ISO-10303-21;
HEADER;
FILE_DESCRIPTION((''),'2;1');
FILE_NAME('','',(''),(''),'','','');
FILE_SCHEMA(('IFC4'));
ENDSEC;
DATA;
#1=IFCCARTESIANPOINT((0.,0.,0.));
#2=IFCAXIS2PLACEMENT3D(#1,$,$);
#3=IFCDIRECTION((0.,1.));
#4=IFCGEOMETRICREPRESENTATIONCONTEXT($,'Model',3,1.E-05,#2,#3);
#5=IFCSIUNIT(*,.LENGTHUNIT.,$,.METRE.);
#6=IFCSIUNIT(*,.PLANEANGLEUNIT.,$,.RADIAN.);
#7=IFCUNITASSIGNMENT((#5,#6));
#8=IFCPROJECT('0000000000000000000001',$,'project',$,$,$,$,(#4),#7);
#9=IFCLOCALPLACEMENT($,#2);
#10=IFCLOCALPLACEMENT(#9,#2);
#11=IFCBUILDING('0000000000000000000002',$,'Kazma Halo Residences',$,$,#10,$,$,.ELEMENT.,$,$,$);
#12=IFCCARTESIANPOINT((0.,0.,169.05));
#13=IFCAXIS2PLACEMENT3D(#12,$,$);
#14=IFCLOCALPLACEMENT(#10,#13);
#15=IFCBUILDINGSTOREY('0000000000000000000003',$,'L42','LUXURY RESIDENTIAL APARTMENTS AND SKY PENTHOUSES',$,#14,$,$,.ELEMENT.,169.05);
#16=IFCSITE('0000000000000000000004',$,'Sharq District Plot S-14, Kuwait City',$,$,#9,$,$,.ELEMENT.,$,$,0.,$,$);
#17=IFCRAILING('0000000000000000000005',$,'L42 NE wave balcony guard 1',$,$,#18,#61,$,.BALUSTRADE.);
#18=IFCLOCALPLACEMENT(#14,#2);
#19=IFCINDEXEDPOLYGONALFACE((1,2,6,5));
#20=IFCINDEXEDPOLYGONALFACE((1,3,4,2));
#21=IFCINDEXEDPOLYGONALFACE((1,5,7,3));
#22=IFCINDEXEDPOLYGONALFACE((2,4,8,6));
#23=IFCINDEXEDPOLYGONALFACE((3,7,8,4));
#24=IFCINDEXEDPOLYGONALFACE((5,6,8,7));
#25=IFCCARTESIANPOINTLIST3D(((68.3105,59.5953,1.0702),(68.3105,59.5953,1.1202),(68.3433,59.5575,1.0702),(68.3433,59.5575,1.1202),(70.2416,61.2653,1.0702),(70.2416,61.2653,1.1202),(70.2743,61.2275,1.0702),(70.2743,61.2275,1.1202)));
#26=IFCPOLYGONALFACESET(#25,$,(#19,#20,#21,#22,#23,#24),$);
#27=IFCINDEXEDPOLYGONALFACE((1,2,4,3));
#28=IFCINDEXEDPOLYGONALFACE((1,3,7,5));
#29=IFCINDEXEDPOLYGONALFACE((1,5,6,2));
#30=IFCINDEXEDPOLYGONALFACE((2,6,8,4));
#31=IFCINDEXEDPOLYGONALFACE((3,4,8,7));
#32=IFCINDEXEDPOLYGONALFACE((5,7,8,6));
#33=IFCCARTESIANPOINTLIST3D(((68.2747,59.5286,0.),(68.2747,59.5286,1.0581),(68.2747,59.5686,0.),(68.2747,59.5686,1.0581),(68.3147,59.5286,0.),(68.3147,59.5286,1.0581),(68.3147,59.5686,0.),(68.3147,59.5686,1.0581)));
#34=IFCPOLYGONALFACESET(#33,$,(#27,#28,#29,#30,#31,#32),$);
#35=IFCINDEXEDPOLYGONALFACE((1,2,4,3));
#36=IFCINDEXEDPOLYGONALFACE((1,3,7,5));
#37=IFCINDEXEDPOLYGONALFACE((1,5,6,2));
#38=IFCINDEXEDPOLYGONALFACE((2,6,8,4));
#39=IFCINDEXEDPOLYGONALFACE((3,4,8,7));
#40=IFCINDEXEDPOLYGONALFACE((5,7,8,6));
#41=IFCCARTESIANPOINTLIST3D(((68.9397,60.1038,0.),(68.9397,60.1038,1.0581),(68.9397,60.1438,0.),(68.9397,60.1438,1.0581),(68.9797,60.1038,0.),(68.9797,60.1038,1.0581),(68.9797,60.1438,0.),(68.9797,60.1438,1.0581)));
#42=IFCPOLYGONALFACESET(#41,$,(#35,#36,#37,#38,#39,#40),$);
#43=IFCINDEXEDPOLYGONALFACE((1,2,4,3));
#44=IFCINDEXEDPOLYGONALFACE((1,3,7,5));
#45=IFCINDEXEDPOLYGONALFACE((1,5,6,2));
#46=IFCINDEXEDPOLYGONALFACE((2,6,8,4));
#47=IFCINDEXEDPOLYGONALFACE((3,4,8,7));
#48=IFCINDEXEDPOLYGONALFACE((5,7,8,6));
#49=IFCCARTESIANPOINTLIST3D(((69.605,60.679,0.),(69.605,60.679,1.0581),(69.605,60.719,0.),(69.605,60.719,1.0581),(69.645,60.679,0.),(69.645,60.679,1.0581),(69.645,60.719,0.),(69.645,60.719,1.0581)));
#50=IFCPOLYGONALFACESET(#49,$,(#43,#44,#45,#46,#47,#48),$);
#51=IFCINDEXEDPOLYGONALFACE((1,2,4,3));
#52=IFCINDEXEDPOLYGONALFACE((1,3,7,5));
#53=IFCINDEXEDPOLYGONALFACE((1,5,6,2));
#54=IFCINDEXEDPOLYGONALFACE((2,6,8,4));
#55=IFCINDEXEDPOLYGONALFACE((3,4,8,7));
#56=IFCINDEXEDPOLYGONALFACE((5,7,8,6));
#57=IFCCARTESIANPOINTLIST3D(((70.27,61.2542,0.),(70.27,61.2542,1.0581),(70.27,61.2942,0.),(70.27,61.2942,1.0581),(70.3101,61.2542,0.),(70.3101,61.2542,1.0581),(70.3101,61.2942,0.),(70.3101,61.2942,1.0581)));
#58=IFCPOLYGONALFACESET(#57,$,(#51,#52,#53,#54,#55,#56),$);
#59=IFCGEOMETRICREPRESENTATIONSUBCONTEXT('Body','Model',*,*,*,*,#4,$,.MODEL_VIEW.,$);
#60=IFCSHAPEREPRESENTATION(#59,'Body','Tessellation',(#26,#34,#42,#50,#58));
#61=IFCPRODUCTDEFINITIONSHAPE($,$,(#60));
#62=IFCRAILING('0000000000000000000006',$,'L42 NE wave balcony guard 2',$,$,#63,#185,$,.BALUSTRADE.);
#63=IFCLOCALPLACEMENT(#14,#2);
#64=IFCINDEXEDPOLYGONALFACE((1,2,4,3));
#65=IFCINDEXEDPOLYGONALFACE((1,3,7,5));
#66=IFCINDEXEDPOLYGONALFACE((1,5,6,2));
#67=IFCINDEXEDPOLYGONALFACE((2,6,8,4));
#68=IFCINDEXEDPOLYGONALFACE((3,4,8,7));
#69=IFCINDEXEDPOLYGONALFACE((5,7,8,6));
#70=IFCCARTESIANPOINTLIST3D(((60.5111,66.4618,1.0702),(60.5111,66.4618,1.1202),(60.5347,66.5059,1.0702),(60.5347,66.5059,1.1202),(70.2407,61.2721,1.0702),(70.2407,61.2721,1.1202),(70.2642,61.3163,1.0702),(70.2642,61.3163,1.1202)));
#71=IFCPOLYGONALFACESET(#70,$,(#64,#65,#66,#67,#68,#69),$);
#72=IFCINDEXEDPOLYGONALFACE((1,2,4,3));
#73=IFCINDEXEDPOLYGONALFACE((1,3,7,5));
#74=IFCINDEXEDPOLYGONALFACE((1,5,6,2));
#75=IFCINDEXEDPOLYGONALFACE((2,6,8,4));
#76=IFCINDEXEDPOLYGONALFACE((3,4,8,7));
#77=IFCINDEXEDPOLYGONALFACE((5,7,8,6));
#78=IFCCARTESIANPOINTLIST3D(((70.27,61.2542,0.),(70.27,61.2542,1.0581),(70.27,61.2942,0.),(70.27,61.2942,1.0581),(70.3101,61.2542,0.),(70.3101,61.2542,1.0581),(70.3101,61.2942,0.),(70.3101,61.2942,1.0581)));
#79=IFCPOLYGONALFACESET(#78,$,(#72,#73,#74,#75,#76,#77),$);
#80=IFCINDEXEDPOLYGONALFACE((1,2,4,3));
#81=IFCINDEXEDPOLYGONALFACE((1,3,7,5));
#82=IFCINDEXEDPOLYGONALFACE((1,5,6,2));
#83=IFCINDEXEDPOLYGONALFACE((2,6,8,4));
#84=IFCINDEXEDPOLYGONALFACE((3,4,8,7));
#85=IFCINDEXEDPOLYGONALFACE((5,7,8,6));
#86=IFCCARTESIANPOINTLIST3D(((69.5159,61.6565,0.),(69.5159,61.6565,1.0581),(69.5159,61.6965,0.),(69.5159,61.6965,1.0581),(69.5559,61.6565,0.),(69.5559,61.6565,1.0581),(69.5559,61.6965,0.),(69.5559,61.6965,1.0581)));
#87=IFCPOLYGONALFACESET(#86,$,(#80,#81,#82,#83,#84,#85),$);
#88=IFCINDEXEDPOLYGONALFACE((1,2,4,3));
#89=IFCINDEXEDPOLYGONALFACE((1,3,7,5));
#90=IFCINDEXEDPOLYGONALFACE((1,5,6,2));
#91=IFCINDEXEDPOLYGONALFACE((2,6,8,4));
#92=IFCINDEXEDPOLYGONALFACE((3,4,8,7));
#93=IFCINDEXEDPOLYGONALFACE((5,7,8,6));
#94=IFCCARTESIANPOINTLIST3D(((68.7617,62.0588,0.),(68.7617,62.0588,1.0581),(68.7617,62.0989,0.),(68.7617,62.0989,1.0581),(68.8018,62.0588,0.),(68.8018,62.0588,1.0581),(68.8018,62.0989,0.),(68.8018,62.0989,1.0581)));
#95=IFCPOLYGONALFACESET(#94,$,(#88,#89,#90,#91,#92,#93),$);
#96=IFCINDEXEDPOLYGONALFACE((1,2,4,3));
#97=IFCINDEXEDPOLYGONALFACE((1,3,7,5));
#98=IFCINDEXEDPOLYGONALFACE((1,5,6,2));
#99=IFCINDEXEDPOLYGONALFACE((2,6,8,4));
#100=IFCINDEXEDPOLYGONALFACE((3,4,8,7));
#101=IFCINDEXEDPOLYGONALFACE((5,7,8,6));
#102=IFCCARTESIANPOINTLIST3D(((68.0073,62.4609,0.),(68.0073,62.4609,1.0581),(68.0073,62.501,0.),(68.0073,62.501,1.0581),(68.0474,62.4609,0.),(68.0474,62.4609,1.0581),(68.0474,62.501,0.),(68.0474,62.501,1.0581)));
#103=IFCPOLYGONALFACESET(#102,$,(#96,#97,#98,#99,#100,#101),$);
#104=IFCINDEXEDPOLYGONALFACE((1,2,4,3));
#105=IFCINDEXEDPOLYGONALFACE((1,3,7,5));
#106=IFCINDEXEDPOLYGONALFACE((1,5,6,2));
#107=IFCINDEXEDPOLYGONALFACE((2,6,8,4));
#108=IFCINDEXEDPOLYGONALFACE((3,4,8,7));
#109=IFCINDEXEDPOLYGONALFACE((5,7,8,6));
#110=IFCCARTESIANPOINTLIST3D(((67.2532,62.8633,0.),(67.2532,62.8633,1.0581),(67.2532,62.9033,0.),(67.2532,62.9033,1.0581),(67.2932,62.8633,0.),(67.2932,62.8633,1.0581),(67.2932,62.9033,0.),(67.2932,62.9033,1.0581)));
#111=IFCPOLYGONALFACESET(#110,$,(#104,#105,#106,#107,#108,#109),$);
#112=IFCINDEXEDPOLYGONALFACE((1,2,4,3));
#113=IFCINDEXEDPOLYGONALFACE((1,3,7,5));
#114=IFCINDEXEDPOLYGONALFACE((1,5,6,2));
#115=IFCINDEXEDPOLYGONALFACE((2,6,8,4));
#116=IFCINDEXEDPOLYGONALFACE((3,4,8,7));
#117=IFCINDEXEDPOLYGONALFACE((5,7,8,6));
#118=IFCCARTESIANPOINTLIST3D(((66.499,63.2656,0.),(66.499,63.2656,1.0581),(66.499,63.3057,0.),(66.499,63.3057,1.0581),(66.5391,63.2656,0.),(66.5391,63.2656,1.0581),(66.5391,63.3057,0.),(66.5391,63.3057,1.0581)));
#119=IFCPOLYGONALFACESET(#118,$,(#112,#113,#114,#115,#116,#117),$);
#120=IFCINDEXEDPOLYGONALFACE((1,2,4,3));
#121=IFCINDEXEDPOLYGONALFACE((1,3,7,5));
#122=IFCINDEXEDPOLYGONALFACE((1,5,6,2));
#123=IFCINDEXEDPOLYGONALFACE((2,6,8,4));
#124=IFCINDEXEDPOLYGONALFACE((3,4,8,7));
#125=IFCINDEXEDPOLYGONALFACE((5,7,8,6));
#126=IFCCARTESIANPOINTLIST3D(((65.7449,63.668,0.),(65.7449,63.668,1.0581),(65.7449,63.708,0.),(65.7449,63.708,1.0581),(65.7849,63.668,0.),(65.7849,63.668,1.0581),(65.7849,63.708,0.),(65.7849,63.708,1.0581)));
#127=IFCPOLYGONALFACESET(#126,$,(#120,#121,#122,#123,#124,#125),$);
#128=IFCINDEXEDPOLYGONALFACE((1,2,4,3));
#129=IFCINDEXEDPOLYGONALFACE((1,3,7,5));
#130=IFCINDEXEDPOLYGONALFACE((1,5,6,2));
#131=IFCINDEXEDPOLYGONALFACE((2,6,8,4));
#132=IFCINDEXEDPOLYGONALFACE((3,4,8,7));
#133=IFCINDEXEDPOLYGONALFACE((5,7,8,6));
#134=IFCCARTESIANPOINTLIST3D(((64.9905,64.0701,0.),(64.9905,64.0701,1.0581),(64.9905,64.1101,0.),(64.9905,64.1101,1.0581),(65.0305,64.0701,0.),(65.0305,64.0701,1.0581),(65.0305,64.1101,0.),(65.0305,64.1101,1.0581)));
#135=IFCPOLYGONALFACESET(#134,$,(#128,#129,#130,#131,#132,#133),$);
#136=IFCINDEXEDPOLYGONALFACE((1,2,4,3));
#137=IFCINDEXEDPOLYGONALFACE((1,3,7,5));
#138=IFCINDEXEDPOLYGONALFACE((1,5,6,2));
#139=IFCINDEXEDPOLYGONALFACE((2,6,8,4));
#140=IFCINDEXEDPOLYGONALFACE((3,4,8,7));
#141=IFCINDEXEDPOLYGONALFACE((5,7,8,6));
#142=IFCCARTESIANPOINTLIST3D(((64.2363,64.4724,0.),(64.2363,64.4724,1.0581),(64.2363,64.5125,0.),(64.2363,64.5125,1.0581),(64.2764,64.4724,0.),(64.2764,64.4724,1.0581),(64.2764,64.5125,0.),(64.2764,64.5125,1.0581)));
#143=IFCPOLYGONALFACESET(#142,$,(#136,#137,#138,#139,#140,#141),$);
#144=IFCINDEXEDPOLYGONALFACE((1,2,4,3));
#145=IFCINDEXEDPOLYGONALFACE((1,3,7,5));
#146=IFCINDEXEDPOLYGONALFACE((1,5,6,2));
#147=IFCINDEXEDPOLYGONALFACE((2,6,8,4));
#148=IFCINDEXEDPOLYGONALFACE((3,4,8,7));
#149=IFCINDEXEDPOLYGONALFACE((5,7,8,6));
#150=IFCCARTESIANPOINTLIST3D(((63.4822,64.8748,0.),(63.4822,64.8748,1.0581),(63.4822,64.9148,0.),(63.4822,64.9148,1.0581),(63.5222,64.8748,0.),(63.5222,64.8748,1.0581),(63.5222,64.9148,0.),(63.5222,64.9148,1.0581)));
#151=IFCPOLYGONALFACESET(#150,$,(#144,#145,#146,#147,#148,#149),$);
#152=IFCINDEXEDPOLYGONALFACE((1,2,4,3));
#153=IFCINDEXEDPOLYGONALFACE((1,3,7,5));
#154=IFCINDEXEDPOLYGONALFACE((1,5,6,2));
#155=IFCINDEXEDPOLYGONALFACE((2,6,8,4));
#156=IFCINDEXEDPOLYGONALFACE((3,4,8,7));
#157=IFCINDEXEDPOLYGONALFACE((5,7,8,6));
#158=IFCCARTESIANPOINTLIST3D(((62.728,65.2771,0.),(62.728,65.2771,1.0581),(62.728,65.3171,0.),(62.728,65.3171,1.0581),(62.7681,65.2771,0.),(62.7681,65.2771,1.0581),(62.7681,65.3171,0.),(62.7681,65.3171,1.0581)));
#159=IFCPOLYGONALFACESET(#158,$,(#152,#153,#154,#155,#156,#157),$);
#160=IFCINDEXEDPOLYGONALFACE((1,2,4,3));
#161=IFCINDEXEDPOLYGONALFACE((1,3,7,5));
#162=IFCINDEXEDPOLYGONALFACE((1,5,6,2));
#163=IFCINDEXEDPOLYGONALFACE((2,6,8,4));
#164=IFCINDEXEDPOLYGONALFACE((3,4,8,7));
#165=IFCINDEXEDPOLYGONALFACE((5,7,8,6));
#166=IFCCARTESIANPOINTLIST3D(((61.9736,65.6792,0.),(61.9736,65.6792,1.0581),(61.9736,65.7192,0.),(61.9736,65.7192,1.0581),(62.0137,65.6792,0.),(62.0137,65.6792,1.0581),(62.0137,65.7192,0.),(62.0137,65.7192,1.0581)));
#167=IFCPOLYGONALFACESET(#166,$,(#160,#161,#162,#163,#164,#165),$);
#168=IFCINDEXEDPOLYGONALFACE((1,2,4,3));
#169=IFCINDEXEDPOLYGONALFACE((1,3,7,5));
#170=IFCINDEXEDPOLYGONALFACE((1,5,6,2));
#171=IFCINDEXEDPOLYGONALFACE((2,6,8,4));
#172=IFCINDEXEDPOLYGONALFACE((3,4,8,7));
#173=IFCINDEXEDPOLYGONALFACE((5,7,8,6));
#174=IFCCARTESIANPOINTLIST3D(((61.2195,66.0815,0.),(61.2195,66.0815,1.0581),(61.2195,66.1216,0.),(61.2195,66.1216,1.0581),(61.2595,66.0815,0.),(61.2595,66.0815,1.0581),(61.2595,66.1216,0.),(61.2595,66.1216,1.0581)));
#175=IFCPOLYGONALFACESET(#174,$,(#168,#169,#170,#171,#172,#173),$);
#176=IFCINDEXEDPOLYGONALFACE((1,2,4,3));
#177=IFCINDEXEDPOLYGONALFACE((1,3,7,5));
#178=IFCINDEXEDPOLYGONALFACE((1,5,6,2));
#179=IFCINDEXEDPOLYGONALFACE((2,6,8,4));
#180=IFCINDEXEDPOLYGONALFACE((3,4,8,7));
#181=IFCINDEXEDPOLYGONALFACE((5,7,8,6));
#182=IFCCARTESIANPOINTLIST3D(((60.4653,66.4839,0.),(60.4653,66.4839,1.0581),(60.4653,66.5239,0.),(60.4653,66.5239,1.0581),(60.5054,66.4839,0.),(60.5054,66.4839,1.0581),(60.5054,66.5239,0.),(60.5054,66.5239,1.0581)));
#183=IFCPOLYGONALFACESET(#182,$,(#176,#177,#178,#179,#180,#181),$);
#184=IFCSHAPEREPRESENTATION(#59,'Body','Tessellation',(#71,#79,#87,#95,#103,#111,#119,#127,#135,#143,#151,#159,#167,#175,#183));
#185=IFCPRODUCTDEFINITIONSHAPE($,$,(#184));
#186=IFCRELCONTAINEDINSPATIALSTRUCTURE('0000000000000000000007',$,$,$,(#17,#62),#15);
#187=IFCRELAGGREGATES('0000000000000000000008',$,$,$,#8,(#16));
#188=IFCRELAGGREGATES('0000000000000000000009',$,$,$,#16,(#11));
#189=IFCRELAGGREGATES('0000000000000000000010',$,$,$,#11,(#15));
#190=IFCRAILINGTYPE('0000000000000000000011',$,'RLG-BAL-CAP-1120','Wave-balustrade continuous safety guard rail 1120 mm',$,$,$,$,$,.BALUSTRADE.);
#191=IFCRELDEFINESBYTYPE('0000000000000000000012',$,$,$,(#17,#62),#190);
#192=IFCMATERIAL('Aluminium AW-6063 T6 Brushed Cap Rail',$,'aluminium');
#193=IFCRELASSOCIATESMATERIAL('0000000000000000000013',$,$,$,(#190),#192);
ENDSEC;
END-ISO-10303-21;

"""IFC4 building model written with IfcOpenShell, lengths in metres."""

from ifc_helpers import new_model, si_unit, direction, frame, origin, origin_2d, place, context, subcontext, project, spatial, rectangle, extrude, material, type_object, element, save


model = new_model("IFC4")

# Units and contexts
model_context = context("Model", 3, precision=1e-05, world=origin(), true_north=direction((0.0, 1.0)))
body_context = subcontext(model_context, "Body", "Model", "MODEL_VIEW")
ifc_project = project(units=[si_unit("LENGTHUNIT", "METRE"), si_unit("PLANEANGLEUNIT", "RADIAN")], contexts=[model_context])

# Site, building, storey
site_placement = place(None, origin())
site = spatial("IfcSite", under=ifc_project, at=site_placement, Name="Sharq District Plot S-14, Kuwait City", CompositionType="ELEMENT", RefElevation=0.0)
building_placement = place(site_placement, origin())
building = spatial("IfcBuilding", under=site, at=building_placement, Name="Kazma Halo Residences", CompositionType="ELEMENT")
storey_placement = place(building_placement, frame((0.0, 0.0, 169.05)))
storey = spatial("IfcBuildingStorey", under=building, at=storey_placement, Name="L42", Description="LUXURY RESIDENTIAL APARTMENTS AND SKY PENTHOUSES", CompositionType="ELEMENT", Elevation=169.05)

# Railings
ifc_material_1 = material(Name="Aluminium AW-6063 T6 Brushed Cap Rail", Category="aluminium")
railing_type = type_object("IfcRailingType", Name="RLG-BAL-CAP-1120", Description="Wave-balustrade continuous safety guard rail 1120 mm", PredefinedType="BALUSTRADE", material=ifc_material_1)
railing_1_placement = place(storey_placement, frame((68.2947, 59.5486, 0.0)))
element("IfcRailing", 1, at=railing_1_placement, inside=storey, type_object=railing_type, Name="L42 NE wave balcony guard 1", PredefinedType="BALUSTRADE", context=body_context, shape_type="SweptSolid", body=[
    extrude(rectangle(XDim=0.05, YDim=0.05, at=origin_2d()), frame((0.0322, 0.0278, 1.0952), z_axis=(0.756388, 0.654123, 0.0), x_axis=(-0.654123, 0.756388, 0.0)), (0.0, 0.0, 1.0), 2.553),
    extrude(rectangle(XDim=0.04, YDim=0.04, at=origin_2d()), origin(), (0.0, 0.0, 1.0), 1.0581),
    extrude(rectangle(XDim=0.04, YDim=0.04, at=origin_2d()), frame((0.665, 0.5752, 0.0)), (0.0, 0.0, 1.0), 1.0581),
    extrude(rectangle(XDim=0.04, YDim=0.04, at=origin_2d()), frame((1.3303, 1.1504, 0.0)), (0.0, 0.0, 1.0), 1.0581),
    extrude(rectangle(XDim=0.04, YDim=0.04, at=origin_2d()), frame((1.9954, 1.7256, 0.0)), (0.0, 0.0, 1.0), 1.0581),
])
railing_2_placement = place(storey_placement, frame((70.29, 61.2742, 0.0)))
element("IfcRailing", 2, at=railing_2_placement, inside=storey, type_object=railing_type, Name="L42 NE wave balcony guard 2", PredefinedType="BALUSTRADE", context=body_context, shape_type="SweptSolid", body=[
    extrude(rectangle(XDim=0.05, YDim=0.05, at=origin_2d()), frame((-0.0376, 0.02, 1.0952), z_axis=(-0.882332, 0.470628, 0.0), x_axis=(-0.470628, -0.882332, 0.0)), (0.0, 0.0, 1.0), 11.0271),
    extrude(rectangle(XDim=0.04, YDim=0.04, at=origin_2d()), origin(), (0.0, 0.0, 1.0), 1.0581),
    extrude(rectangle(XDim=0.04, YDim=0.04, at=origin_2d()), frame((-0.7542, 0.4023, 0.0)), (0.0, 0.0, 1.0), 1.0581),
    extrude(rectangle(XDim=0.04, YDim=0.04, at=origin_2d()), frame((-1.5083, 0.8047, 0.0)), (0.0, 0.0, 1.0), 1.0581),
    extrude(rectangle(XDim=0.04, YDim=0.04, at=origin_2d()), frame((-2.2627, 1.2068, 0.0)), (0.0, 0.0, 1.0), 1.0581),
    extrude(rectangle(XDim=0.04, YDim=0.04, at=origin_2d()), frame((-3.0168, 1.6091, 0.0)), (0.0, 0.0, 1.0), 1.0581),
    extrude(rectangle(XDim=0.04, YDim=0.04, at=origin_2d()), frame((-3.771, 2.0115, 0.0)), (0.0, 0.0, 1.0), 1.0581),
    extrude(rectangle(XDim=0.04, YDim=0.04, at=origin_2d()), frame((-4.5251, 2.4138, 0.0)), (0.0, 0.0, 1.0), 1.0581),
    extrude(rectangle(XDim=0.04, YDim=0.04, at=origin_2d()), frame((-5.2795, 2.8159, 0.0)), (0.0, 0.0, 1.0), 1.0581),
    extrude(rectangle(XDim=0.04, YDim=0.04, at=origin_2d()), frame((-6.0337, 3.2183, 0.0)), (0.0, 0.0, 1.0), 1.0581),
    extrude(rectangle(XDim=0.04, YDim=0.04, at=origin_2d()), frame((-6.7878, 3.6206, 0.0)), (0.0, 0.0, 1.0), 1.0581),
    extrude(rectangle(XDim=0.04, YDim=0.04, at=origin_2d()), frame((-7.542, 4.0229, 0.0)), (0.0, 0.0, 1.0), 1.0581),
    extrude(rectangle(XDim=0.04, YDim=0.04, at=origin_2d()), frame((-8.2964, 4.425, 0.0)), (0.0, 0.0, 1.0), 1.0581),
    extrude(rectangle(XDim=0.04, YDim=0.04, at=origin_2d()), frame((-9.0505, 4.8274, 0.0)), (0.0, 0.0, 1.0), 1.0581),
    extrude(rectangle(XDim=0.04, YDim=0.04, at=origin_2d()), frame((-9.8047, 5.2297, 0.0)), (0.0, 0.0, 1.0), 1.0581),
])

save(model, "model.ifc")
